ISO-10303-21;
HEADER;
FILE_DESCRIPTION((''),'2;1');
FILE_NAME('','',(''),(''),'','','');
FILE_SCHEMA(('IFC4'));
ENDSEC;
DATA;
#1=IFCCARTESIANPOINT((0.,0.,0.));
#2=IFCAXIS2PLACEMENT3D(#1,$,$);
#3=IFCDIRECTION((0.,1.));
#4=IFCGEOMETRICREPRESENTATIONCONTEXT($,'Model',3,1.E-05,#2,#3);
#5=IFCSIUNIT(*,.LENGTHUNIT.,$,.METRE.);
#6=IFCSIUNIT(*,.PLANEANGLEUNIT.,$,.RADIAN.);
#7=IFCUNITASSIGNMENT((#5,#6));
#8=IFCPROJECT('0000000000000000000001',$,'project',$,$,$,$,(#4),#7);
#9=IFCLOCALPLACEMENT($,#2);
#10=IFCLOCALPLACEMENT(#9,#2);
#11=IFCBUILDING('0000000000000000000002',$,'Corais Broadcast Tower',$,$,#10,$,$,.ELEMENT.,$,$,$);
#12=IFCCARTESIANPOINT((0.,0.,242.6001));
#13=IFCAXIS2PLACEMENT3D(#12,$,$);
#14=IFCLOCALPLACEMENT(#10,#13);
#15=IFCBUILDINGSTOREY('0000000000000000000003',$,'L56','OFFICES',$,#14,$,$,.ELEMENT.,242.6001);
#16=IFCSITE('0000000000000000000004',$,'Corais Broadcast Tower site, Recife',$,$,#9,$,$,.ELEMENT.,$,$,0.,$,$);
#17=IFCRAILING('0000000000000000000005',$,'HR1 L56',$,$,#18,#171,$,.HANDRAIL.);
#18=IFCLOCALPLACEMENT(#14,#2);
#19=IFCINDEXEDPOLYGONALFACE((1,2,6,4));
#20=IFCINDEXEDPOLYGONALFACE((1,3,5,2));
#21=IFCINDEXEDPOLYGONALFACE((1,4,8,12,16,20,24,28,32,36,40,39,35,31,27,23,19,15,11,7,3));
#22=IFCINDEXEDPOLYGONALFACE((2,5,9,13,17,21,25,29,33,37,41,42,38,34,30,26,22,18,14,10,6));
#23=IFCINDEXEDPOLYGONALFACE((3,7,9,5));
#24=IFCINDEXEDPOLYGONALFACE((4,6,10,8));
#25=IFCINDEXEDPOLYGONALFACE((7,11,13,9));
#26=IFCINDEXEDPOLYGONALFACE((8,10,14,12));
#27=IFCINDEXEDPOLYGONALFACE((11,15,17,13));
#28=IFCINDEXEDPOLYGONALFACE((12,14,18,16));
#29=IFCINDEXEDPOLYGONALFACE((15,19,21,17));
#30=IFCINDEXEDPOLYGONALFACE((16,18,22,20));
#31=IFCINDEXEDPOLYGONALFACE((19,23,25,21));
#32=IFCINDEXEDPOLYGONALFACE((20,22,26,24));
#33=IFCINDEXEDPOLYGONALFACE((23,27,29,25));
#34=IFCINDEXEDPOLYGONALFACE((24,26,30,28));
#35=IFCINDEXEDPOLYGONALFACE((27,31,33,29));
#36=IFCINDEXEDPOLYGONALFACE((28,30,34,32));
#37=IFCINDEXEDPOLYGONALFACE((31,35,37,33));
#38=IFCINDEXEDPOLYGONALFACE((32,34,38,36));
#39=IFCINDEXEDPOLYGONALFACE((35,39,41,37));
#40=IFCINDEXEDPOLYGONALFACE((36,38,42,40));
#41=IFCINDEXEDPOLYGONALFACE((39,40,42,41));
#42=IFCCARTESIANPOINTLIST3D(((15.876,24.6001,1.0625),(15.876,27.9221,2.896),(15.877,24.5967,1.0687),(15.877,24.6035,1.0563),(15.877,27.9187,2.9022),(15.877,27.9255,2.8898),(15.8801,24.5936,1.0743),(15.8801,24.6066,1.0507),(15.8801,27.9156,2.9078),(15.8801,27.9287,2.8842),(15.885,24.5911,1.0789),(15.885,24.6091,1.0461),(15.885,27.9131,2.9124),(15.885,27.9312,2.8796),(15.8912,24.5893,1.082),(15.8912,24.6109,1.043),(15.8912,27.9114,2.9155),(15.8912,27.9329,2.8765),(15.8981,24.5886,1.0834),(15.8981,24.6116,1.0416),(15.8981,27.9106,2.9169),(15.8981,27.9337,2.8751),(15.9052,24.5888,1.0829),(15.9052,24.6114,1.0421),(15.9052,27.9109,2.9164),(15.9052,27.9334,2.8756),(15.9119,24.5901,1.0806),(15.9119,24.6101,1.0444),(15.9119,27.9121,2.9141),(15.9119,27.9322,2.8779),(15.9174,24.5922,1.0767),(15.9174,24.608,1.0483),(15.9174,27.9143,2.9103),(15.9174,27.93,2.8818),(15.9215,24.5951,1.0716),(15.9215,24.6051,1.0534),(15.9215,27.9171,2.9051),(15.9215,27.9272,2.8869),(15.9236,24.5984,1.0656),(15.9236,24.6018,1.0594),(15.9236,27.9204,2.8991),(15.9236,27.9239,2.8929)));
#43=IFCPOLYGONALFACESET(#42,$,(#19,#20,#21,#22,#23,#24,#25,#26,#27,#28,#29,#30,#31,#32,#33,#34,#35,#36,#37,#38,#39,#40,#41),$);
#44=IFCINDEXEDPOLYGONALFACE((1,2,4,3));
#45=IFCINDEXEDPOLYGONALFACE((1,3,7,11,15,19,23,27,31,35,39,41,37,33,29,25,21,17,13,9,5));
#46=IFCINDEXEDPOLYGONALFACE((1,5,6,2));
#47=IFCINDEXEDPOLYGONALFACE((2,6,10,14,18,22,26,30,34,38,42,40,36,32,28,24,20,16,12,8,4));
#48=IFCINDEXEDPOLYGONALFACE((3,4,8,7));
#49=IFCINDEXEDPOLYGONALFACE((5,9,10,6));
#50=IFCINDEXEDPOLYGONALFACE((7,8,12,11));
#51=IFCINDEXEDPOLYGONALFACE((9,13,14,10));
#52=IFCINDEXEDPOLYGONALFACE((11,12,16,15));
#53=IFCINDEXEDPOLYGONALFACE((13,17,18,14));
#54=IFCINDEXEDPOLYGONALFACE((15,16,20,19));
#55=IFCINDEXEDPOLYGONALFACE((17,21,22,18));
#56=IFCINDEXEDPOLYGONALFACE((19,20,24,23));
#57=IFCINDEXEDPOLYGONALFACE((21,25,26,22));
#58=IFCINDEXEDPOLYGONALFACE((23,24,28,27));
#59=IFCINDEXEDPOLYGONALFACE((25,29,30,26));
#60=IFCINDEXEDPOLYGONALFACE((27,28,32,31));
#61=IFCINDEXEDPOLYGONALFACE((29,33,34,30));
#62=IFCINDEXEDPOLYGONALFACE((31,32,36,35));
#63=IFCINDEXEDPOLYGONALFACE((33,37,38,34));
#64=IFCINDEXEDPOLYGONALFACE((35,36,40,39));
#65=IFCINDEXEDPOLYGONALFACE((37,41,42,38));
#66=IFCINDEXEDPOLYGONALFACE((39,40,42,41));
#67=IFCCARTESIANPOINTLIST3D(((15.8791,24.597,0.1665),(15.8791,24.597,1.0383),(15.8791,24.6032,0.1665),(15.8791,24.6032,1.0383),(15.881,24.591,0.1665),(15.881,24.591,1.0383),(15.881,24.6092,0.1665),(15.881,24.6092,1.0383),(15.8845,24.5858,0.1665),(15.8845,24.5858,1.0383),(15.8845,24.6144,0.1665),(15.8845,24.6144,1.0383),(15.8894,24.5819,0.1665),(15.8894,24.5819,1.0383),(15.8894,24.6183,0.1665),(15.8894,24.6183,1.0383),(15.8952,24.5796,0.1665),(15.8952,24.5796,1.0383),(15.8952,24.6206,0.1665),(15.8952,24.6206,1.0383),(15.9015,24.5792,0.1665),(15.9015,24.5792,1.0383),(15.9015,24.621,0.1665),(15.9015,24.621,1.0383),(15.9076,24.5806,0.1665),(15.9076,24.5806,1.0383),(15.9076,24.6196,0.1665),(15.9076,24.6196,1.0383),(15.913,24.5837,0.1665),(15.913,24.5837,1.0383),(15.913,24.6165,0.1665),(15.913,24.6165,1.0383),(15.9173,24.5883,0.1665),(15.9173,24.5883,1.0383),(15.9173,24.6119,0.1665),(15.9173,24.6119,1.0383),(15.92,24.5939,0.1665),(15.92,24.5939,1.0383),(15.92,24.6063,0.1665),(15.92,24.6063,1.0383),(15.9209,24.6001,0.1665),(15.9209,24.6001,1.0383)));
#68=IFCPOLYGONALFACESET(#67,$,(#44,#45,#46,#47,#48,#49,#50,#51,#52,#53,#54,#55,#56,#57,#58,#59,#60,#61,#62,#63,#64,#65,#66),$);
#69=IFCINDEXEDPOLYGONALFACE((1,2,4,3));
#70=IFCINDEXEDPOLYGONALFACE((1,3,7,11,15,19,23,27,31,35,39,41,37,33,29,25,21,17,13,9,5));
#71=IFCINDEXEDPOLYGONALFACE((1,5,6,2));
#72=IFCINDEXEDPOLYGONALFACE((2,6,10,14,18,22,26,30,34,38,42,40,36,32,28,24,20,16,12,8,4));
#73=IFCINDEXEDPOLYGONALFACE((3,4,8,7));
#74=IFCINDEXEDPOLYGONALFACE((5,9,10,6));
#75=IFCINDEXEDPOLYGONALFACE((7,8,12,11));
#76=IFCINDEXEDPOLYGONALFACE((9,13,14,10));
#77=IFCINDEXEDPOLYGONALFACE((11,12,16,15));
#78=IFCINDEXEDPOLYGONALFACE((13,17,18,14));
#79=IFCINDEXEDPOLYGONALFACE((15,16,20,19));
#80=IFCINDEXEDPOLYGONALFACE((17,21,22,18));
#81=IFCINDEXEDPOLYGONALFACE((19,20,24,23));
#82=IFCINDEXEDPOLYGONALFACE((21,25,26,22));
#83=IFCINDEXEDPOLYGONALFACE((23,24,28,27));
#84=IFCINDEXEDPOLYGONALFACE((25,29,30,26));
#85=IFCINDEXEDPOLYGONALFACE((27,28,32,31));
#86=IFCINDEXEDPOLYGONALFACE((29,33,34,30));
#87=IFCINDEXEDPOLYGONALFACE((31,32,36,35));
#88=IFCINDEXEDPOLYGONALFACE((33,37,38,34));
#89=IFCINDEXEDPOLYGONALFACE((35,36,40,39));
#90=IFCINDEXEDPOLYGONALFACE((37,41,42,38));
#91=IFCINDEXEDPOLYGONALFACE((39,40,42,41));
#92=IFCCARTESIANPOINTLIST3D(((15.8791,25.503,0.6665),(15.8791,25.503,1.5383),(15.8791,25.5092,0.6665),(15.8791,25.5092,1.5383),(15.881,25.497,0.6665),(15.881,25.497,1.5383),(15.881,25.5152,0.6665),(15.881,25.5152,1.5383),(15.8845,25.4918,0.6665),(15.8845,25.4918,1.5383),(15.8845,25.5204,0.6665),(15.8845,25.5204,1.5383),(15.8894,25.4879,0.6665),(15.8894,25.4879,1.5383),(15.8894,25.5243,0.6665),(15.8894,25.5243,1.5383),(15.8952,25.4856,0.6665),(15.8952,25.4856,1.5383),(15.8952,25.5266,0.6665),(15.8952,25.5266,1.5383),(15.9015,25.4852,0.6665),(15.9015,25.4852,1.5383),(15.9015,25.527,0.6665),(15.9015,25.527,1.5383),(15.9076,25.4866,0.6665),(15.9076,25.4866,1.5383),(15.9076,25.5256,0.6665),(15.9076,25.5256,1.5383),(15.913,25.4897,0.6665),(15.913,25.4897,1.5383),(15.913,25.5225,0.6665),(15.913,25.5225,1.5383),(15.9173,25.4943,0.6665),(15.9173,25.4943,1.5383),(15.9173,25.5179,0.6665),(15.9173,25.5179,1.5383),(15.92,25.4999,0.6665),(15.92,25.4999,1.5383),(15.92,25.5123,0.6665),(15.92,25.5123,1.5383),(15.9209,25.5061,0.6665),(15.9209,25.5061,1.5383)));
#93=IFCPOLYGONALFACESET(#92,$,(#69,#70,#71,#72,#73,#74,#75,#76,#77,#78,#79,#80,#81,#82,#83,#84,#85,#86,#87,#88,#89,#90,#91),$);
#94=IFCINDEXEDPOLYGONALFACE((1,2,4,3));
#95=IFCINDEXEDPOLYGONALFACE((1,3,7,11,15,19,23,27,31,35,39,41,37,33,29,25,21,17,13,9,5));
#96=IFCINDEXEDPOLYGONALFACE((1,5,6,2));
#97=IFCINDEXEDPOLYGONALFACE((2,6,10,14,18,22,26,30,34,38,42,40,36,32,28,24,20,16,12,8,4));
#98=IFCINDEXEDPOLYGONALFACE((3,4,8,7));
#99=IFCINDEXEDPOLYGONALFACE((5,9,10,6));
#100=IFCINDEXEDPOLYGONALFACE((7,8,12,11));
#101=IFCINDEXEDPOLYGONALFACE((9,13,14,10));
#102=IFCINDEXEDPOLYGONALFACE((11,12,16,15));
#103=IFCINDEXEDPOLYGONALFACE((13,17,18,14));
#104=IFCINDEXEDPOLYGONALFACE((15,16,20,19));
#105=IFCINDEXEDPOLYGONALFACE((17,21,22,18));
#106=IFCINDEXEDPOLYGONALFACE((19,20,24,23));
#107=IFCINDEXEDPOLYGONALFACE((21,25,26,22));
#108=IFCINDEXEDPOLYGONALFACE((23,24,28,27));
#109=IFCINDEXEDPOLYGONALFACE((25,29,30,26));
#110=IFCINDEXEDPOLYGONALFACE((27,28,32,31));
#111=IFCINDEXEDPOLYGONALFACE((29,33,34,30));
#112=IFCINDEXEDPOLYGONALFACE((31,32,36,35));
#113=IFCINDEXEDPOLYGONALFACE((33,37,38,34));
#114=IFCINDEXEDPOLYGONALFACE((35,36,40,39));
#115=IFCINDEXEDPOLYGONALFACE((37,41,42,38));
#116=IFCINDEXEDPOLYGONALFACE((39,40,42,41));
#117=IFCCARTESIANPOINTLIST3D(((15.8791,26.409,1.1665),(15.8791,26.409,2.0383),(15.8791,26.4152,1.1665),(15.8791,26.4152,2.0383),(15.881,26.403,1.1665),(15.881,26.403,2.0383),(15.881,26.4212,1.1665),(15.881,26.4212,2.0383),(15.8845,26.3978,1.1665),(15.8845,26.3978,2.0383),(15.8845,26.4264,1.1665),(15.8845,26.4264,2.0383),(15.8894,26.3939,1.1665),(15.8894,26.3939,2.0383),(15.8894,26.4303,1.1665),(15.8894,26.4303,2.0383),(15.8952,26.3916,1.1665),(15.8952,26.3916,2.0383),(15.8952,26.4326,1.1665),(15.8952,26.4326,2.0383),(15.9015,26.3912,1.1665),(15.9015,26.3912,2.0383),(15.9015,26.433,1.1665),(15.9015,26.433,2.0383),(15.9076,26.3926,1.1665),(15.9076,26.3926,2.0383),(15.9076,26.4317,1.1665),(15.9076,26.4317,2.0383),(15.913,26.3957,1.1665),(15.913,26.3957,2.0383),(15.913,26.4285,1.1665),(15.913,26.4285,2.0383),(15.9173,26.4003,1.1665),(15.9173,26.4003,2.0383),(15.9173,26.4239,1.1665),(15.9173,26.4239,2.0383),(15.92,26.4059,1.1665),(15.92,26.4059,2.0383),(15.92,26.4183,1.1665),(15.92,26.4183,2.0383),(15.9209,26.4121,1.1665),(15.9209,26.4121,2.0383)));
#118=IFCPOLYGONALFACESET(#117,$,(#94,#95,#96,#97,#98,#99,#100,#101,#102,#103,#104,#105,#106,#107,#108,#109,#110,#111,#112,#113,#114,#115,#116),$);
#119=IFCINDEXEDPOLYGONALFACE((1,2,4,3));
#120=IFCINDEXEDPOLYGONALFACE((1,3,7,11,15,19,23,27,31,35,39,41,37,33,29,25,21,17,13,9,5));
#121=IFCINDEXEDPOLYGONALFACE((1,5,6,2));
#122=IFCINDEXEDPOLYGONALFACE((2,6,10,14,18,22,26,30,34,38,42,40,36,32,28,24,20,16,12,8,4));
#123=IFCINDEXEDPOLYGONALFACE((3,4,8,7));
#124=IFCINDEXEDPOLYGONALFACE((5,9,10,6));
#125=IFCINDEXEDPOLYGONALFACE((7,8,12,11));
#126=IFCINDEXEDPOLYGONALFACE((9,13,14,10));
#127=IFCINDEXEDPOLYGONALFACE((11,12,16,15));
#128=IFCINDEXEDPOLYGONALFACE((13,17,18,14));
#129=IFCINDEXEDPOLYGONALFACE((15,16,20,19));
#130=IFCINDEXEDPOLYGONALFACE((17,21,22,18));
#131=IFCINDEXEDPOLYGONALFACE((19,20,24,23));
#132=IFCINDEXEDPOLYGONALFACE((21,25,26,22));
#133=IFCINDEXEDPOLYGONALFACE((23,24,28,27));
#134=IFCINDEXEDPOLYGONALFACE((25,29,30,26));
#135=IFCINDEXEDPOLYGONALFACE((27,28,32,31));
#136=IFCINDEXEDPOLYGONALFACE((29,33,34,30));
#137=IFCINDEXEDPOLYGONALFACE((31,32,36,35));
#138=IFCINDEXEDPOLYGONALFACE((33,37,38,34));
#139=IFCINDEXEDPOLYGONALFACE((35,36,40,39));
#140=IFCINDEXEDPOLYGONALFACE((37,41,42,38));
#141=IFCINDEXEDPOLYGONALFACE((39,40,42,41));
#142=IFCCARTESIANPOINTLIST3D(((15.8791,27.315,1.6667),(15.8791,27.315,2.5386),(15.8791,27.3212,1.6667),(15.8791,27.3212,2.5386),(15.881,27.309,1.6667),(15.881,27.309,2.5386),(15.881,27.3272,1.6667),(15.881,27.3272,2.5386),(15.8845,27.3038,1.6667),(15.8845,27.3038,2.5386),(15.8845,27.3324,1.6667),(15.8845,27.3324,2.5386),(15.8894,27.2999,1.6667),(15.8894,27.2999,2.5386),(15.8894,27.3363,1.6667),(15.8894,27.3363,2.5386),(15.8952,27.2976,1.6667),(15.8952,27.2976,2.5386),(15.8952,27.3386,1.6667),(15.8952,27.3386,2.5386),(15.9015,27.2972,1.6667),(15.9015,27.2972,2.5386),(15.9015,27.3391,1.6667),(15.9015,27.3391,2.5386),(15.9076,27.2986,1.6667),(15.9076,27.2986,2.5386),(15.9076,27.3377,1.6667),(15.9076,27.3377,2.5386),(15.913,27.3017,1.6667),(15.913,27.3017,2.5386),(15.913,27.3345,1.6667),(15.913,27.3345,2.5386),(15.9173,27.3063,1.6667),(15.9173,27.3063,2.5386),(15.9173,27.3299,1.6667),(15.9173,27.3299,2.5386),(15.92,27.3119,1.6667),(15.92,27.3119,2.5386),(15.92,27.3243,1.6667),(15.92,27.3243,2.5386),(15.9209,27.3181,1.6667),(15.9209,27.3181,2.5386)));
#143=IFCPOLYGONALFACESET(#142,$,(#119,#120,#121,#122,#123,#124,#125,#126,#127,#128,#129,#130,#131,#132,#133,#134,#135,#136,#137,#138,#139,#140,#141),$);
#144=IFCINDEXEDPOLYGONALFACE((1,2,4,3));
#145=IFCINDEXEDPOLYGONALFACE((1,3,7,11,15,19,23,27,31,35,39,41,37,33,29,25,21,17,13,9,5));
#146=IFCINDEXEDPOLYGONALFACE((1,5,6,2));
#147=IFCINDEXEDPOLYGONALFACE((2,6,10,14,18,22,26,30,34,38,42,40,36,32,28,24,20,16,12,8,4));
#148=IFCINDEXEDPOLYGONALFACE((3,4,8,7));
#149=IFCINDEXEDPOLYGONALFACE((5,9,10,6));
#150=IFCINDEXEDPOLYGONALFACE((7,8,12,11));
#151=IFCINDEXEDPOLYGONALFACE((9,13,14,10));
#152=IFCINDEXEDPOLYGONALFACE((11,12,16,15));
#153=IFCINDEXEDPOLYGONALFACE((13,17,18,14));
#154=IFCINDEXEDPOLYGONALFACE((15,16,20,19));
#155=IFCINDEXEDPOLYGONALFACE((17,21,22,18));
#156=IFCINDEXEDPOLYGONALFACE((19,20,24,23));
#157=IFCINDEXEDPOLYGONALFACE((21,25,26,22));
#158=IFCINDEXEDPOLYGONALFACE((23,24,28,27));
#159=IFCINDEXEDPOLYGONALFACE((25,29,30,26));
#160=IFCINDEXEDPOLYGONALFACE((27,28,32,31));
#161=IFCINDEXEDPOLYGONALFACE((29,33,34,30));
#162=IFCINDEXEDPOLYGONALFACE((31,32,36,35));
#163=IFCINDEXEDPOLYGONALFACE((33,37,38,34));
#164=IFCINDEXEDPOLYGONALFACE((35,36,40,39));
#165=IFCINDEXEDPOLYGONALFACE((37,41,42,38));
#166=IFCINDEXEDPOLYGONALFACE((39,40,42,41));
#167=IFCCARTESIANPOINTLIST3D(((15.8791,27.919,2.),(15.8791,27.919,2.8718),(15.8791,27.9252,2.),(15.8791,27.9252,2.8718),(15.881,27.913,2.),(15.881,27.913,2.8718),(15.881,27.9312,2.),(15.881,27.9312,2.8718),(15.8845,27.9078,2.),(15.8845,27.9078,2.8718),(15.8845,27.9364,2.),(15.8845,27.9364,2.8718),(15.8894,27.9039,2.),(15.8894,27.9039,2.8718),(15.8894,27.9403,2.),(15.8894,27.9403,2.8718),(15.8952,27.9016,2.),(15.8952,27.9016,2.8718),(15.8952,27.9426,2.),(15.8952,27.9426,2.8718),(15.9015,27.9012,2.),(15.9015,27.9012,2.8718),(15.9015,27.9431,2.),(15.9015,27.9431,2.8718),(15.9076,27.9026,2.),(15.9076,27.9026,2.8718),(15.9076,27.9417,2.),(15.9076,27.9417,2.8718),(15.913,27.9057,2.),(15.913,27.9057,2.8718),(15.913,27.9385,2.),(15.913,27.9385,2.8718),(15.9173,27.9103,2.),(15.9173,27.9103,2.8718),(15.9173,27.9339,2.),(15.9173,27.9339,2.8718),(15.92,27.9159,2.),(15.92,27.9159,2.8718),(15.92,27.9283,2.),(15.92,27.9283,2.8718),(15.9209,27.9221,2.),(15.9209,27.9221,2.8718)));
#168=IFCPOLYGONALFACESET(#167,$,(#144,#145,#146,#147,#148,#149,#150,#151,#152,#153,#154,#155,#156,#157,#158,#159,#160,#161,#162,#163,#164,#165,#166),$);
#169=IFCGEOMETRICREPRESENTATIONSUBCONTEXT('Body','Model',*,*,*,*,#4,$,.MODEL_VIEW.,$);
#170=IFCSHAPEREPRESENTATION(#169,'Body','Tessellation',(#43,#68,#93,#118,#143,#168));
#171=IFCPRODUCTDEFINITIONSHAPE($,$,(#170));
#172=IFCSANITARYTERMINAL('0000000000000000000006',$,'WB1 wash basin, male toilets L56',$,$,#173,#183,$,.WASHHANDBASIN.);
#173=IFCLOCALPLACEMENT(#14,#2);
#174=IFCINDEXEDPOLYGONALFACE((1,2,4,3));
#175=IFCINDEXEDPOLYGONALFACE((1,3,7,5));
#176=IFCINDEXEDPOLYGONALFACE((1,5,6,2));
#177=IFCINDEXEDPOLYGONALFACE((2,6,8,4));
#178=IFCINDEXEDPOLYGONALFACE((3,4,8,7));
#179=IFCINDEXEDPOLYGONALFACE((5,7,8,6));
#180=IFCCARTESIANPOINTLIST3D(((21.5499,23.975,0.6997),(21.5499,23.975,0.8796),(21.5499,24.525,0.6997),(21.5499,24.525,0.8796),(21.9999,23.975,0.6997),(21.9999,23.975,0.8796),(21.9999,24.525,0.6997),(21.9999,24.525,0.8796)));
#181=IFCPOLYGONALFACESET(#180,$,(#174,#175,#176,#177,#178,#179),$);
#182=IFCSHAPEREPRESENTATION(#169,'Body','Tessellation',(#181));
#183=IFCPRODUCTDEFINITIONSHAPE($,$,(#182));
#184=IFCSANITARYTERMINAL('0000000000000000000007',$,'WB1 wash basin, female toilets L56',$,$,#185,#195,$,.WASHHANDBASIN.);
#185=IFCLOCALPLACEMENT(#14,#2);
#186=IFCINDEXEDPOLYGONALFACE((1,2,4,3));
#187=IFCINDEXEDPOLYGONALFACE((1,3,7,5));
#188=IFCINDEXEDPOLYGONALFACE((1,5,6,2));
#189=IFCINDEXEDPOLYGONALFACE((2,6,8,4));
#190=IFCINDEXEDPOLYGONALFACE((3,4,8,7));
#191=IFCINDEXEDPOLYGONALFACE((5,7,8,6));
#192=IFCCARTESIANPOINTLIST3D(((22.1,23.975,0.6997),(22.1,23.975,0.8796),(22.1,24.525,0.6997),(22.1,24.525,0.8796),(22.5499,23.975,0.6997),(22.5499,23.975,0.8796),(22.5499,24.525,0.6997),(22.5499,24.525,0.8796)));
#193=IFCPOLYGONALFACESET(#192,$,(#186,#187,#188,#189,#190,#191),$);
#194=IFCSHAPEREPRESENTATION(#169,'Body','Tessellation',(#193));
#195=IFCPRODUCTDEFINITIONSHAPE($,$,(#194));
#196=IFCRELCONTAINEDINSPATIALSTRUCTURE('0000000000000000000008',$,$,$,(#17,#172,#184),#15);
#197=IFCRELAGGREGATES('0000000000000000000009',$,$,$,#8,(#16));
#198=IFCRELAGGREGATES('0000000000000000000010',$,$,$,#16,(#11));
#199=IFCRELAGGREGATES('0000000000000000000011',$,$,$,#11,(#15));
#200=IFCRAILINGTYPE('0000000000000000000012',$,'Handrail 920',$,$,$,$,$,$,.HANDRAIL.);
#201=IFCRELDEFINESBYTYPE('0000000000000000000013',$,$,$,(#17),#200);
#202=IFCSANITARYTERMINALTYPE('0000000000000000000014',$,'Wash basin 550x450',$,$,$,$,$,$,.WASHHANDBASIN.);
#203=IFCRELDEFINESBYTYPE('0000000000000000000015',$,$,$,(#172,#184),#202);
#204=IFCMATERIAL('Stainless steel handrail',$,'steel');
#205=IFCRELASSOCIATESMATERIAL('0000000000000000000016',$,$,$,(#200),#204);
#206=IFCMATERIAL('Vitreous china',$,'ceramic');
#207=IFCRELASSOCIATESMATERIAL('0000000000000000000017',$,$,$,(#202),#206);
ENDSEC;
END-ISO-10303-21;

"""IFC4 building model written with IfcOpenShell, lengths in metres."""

from ifc_helpers import new_model, si_unit, direction, frame, origin, origin_2d, place, context, subcontext, project, spatial, rectangle, circle, extrude, material, type_object, element, save


model = new_model("IFC4")

# Units and contexts
model_context = context("Model", 3, precision=1e-05, world=origin(), true_north=direction((0.0, 1.0)))
body_context = subcontext(model_context, "Body", "Model", "MODEL_VIEW")
ifc_project = project(units=[si_unit("LENGTHUNIT", "METRE"), si_unit("PLANEANGLEUNIT", "RADIAN")], contexts=[model_context])

# Site, building, storey
site_placement = place(None, origin())
site = spatial("IfcSite", under=ifc_project, at=site_placement, Name="Corais Broadcast Tower site, Recife", CompositionType="ELEMENT", RefElevation=0.0)
building_placement = place(site_placement, origin())
building = spatial("IfcBuilding", under=site, at=building_placement, Name="Corais Broadcast Tower", CompositionType="ELEMENT")
storey_placement = place(building_placement, frame((0.0, 0.0, 242.6001)))
storey = spatial("IfcBuildingStorey", under=building, at=storey_placement, Name="L56", Description="OFFICES", CompositionType="ELEMENT", Elevation=242.6001)

# Railing
ifc_material_1 = material(Name="Stainless steel handrail", Category="steel")
railing_type = type_object("IfcRailingType", Name="Handrail 920", PredefinedType="HANDRAIL", material=ifc_material_1)
railing_placement = place(storey_placement, frame((15.8999, 24.6001, 0.1665)))
element("IfcRailing", 1, at=railing_placement, inside=storey, type_object=railing_type, Name="HR1 L56", PredefinedType="HANDRAIL", context=body_context, shape_type="SweptSolid", body=[
    extrude(circle(Radius=0.0239, at=origin_2d()), frame((0.0, 0.0, 0.896), z_axis=(0.0, 0.875504, 0.48321), x_axis=(-1.0, 0.0, 0.0)), (0.0, 0.0, 1.0), 3.7944),
    extrude(circle(Radius=0.021, at=origin_2d()), origin(), (0.0, 0.0, 1.0), 0.8718),
    extrude(circle(Radius=0.021, at=origin_2d()), frame((0.0, 0.906, 0.5)), (0.0, 0.0, 1.0), 0.8718),
    extrude(circle(Radius=0.021, at=origin_2d()), frame((0.0, 1.812, 1.0)), (0.0, 0.0, 1.0), 0.8718),
    extrude(circle(Radius=0.021, at=origin_2d()), frame((0.0, 2.718, 1.5002)), (0.0, 0.0, 1.0), 0.8718),
    extrude(circle(Radius=0.021, at=origin_2d()), frame((0.0, 3.322, 1.8335)), (0.0, 0.0, 1.0), 0.8718),
])

# Sanitary terminals
ifc_material_2 = material(Name="Vitreous china", Category="ceramic")
sanitary_terminal_type = type_object("IfcSanitaryTerminalType", Name="Wash basin 550x450", PredefinedType="WASHHANDBASIN", material=ifc_material_2)
for number, where, z_axis, x_axis, name in (
    (2, (21.7749, 24.25, 0.6997), (0.0, 0.0, 1.0), (1.0, 0.0, 0.0), "WB1 wash basin, male toilets L56"),
    (3, (22.325, 24.25, 0.6997), (0.0, 0.0, 1.0), (1.0, 0.0, 0.0), "WB1 wash basin, female toilets L56"),
):
    element("IfcSanitaryTerminal", number, at=place(storey_placement, frame(where, z_axis=z_axis, x_axis=x_axis)), inside=storey, type_object=sanitary_terminal_type, Name=name, PredefinedType="WASHHANDBASIN", context=body_context, shape_type="SweptSolid", body=[
        extrude(rectangle(XDim=0.45, YDim=0.55, at=origin_2d()), origin(), (0.0, 0.0, 1.0), 0.1799),
    ])

save(model, "model.ifc")
